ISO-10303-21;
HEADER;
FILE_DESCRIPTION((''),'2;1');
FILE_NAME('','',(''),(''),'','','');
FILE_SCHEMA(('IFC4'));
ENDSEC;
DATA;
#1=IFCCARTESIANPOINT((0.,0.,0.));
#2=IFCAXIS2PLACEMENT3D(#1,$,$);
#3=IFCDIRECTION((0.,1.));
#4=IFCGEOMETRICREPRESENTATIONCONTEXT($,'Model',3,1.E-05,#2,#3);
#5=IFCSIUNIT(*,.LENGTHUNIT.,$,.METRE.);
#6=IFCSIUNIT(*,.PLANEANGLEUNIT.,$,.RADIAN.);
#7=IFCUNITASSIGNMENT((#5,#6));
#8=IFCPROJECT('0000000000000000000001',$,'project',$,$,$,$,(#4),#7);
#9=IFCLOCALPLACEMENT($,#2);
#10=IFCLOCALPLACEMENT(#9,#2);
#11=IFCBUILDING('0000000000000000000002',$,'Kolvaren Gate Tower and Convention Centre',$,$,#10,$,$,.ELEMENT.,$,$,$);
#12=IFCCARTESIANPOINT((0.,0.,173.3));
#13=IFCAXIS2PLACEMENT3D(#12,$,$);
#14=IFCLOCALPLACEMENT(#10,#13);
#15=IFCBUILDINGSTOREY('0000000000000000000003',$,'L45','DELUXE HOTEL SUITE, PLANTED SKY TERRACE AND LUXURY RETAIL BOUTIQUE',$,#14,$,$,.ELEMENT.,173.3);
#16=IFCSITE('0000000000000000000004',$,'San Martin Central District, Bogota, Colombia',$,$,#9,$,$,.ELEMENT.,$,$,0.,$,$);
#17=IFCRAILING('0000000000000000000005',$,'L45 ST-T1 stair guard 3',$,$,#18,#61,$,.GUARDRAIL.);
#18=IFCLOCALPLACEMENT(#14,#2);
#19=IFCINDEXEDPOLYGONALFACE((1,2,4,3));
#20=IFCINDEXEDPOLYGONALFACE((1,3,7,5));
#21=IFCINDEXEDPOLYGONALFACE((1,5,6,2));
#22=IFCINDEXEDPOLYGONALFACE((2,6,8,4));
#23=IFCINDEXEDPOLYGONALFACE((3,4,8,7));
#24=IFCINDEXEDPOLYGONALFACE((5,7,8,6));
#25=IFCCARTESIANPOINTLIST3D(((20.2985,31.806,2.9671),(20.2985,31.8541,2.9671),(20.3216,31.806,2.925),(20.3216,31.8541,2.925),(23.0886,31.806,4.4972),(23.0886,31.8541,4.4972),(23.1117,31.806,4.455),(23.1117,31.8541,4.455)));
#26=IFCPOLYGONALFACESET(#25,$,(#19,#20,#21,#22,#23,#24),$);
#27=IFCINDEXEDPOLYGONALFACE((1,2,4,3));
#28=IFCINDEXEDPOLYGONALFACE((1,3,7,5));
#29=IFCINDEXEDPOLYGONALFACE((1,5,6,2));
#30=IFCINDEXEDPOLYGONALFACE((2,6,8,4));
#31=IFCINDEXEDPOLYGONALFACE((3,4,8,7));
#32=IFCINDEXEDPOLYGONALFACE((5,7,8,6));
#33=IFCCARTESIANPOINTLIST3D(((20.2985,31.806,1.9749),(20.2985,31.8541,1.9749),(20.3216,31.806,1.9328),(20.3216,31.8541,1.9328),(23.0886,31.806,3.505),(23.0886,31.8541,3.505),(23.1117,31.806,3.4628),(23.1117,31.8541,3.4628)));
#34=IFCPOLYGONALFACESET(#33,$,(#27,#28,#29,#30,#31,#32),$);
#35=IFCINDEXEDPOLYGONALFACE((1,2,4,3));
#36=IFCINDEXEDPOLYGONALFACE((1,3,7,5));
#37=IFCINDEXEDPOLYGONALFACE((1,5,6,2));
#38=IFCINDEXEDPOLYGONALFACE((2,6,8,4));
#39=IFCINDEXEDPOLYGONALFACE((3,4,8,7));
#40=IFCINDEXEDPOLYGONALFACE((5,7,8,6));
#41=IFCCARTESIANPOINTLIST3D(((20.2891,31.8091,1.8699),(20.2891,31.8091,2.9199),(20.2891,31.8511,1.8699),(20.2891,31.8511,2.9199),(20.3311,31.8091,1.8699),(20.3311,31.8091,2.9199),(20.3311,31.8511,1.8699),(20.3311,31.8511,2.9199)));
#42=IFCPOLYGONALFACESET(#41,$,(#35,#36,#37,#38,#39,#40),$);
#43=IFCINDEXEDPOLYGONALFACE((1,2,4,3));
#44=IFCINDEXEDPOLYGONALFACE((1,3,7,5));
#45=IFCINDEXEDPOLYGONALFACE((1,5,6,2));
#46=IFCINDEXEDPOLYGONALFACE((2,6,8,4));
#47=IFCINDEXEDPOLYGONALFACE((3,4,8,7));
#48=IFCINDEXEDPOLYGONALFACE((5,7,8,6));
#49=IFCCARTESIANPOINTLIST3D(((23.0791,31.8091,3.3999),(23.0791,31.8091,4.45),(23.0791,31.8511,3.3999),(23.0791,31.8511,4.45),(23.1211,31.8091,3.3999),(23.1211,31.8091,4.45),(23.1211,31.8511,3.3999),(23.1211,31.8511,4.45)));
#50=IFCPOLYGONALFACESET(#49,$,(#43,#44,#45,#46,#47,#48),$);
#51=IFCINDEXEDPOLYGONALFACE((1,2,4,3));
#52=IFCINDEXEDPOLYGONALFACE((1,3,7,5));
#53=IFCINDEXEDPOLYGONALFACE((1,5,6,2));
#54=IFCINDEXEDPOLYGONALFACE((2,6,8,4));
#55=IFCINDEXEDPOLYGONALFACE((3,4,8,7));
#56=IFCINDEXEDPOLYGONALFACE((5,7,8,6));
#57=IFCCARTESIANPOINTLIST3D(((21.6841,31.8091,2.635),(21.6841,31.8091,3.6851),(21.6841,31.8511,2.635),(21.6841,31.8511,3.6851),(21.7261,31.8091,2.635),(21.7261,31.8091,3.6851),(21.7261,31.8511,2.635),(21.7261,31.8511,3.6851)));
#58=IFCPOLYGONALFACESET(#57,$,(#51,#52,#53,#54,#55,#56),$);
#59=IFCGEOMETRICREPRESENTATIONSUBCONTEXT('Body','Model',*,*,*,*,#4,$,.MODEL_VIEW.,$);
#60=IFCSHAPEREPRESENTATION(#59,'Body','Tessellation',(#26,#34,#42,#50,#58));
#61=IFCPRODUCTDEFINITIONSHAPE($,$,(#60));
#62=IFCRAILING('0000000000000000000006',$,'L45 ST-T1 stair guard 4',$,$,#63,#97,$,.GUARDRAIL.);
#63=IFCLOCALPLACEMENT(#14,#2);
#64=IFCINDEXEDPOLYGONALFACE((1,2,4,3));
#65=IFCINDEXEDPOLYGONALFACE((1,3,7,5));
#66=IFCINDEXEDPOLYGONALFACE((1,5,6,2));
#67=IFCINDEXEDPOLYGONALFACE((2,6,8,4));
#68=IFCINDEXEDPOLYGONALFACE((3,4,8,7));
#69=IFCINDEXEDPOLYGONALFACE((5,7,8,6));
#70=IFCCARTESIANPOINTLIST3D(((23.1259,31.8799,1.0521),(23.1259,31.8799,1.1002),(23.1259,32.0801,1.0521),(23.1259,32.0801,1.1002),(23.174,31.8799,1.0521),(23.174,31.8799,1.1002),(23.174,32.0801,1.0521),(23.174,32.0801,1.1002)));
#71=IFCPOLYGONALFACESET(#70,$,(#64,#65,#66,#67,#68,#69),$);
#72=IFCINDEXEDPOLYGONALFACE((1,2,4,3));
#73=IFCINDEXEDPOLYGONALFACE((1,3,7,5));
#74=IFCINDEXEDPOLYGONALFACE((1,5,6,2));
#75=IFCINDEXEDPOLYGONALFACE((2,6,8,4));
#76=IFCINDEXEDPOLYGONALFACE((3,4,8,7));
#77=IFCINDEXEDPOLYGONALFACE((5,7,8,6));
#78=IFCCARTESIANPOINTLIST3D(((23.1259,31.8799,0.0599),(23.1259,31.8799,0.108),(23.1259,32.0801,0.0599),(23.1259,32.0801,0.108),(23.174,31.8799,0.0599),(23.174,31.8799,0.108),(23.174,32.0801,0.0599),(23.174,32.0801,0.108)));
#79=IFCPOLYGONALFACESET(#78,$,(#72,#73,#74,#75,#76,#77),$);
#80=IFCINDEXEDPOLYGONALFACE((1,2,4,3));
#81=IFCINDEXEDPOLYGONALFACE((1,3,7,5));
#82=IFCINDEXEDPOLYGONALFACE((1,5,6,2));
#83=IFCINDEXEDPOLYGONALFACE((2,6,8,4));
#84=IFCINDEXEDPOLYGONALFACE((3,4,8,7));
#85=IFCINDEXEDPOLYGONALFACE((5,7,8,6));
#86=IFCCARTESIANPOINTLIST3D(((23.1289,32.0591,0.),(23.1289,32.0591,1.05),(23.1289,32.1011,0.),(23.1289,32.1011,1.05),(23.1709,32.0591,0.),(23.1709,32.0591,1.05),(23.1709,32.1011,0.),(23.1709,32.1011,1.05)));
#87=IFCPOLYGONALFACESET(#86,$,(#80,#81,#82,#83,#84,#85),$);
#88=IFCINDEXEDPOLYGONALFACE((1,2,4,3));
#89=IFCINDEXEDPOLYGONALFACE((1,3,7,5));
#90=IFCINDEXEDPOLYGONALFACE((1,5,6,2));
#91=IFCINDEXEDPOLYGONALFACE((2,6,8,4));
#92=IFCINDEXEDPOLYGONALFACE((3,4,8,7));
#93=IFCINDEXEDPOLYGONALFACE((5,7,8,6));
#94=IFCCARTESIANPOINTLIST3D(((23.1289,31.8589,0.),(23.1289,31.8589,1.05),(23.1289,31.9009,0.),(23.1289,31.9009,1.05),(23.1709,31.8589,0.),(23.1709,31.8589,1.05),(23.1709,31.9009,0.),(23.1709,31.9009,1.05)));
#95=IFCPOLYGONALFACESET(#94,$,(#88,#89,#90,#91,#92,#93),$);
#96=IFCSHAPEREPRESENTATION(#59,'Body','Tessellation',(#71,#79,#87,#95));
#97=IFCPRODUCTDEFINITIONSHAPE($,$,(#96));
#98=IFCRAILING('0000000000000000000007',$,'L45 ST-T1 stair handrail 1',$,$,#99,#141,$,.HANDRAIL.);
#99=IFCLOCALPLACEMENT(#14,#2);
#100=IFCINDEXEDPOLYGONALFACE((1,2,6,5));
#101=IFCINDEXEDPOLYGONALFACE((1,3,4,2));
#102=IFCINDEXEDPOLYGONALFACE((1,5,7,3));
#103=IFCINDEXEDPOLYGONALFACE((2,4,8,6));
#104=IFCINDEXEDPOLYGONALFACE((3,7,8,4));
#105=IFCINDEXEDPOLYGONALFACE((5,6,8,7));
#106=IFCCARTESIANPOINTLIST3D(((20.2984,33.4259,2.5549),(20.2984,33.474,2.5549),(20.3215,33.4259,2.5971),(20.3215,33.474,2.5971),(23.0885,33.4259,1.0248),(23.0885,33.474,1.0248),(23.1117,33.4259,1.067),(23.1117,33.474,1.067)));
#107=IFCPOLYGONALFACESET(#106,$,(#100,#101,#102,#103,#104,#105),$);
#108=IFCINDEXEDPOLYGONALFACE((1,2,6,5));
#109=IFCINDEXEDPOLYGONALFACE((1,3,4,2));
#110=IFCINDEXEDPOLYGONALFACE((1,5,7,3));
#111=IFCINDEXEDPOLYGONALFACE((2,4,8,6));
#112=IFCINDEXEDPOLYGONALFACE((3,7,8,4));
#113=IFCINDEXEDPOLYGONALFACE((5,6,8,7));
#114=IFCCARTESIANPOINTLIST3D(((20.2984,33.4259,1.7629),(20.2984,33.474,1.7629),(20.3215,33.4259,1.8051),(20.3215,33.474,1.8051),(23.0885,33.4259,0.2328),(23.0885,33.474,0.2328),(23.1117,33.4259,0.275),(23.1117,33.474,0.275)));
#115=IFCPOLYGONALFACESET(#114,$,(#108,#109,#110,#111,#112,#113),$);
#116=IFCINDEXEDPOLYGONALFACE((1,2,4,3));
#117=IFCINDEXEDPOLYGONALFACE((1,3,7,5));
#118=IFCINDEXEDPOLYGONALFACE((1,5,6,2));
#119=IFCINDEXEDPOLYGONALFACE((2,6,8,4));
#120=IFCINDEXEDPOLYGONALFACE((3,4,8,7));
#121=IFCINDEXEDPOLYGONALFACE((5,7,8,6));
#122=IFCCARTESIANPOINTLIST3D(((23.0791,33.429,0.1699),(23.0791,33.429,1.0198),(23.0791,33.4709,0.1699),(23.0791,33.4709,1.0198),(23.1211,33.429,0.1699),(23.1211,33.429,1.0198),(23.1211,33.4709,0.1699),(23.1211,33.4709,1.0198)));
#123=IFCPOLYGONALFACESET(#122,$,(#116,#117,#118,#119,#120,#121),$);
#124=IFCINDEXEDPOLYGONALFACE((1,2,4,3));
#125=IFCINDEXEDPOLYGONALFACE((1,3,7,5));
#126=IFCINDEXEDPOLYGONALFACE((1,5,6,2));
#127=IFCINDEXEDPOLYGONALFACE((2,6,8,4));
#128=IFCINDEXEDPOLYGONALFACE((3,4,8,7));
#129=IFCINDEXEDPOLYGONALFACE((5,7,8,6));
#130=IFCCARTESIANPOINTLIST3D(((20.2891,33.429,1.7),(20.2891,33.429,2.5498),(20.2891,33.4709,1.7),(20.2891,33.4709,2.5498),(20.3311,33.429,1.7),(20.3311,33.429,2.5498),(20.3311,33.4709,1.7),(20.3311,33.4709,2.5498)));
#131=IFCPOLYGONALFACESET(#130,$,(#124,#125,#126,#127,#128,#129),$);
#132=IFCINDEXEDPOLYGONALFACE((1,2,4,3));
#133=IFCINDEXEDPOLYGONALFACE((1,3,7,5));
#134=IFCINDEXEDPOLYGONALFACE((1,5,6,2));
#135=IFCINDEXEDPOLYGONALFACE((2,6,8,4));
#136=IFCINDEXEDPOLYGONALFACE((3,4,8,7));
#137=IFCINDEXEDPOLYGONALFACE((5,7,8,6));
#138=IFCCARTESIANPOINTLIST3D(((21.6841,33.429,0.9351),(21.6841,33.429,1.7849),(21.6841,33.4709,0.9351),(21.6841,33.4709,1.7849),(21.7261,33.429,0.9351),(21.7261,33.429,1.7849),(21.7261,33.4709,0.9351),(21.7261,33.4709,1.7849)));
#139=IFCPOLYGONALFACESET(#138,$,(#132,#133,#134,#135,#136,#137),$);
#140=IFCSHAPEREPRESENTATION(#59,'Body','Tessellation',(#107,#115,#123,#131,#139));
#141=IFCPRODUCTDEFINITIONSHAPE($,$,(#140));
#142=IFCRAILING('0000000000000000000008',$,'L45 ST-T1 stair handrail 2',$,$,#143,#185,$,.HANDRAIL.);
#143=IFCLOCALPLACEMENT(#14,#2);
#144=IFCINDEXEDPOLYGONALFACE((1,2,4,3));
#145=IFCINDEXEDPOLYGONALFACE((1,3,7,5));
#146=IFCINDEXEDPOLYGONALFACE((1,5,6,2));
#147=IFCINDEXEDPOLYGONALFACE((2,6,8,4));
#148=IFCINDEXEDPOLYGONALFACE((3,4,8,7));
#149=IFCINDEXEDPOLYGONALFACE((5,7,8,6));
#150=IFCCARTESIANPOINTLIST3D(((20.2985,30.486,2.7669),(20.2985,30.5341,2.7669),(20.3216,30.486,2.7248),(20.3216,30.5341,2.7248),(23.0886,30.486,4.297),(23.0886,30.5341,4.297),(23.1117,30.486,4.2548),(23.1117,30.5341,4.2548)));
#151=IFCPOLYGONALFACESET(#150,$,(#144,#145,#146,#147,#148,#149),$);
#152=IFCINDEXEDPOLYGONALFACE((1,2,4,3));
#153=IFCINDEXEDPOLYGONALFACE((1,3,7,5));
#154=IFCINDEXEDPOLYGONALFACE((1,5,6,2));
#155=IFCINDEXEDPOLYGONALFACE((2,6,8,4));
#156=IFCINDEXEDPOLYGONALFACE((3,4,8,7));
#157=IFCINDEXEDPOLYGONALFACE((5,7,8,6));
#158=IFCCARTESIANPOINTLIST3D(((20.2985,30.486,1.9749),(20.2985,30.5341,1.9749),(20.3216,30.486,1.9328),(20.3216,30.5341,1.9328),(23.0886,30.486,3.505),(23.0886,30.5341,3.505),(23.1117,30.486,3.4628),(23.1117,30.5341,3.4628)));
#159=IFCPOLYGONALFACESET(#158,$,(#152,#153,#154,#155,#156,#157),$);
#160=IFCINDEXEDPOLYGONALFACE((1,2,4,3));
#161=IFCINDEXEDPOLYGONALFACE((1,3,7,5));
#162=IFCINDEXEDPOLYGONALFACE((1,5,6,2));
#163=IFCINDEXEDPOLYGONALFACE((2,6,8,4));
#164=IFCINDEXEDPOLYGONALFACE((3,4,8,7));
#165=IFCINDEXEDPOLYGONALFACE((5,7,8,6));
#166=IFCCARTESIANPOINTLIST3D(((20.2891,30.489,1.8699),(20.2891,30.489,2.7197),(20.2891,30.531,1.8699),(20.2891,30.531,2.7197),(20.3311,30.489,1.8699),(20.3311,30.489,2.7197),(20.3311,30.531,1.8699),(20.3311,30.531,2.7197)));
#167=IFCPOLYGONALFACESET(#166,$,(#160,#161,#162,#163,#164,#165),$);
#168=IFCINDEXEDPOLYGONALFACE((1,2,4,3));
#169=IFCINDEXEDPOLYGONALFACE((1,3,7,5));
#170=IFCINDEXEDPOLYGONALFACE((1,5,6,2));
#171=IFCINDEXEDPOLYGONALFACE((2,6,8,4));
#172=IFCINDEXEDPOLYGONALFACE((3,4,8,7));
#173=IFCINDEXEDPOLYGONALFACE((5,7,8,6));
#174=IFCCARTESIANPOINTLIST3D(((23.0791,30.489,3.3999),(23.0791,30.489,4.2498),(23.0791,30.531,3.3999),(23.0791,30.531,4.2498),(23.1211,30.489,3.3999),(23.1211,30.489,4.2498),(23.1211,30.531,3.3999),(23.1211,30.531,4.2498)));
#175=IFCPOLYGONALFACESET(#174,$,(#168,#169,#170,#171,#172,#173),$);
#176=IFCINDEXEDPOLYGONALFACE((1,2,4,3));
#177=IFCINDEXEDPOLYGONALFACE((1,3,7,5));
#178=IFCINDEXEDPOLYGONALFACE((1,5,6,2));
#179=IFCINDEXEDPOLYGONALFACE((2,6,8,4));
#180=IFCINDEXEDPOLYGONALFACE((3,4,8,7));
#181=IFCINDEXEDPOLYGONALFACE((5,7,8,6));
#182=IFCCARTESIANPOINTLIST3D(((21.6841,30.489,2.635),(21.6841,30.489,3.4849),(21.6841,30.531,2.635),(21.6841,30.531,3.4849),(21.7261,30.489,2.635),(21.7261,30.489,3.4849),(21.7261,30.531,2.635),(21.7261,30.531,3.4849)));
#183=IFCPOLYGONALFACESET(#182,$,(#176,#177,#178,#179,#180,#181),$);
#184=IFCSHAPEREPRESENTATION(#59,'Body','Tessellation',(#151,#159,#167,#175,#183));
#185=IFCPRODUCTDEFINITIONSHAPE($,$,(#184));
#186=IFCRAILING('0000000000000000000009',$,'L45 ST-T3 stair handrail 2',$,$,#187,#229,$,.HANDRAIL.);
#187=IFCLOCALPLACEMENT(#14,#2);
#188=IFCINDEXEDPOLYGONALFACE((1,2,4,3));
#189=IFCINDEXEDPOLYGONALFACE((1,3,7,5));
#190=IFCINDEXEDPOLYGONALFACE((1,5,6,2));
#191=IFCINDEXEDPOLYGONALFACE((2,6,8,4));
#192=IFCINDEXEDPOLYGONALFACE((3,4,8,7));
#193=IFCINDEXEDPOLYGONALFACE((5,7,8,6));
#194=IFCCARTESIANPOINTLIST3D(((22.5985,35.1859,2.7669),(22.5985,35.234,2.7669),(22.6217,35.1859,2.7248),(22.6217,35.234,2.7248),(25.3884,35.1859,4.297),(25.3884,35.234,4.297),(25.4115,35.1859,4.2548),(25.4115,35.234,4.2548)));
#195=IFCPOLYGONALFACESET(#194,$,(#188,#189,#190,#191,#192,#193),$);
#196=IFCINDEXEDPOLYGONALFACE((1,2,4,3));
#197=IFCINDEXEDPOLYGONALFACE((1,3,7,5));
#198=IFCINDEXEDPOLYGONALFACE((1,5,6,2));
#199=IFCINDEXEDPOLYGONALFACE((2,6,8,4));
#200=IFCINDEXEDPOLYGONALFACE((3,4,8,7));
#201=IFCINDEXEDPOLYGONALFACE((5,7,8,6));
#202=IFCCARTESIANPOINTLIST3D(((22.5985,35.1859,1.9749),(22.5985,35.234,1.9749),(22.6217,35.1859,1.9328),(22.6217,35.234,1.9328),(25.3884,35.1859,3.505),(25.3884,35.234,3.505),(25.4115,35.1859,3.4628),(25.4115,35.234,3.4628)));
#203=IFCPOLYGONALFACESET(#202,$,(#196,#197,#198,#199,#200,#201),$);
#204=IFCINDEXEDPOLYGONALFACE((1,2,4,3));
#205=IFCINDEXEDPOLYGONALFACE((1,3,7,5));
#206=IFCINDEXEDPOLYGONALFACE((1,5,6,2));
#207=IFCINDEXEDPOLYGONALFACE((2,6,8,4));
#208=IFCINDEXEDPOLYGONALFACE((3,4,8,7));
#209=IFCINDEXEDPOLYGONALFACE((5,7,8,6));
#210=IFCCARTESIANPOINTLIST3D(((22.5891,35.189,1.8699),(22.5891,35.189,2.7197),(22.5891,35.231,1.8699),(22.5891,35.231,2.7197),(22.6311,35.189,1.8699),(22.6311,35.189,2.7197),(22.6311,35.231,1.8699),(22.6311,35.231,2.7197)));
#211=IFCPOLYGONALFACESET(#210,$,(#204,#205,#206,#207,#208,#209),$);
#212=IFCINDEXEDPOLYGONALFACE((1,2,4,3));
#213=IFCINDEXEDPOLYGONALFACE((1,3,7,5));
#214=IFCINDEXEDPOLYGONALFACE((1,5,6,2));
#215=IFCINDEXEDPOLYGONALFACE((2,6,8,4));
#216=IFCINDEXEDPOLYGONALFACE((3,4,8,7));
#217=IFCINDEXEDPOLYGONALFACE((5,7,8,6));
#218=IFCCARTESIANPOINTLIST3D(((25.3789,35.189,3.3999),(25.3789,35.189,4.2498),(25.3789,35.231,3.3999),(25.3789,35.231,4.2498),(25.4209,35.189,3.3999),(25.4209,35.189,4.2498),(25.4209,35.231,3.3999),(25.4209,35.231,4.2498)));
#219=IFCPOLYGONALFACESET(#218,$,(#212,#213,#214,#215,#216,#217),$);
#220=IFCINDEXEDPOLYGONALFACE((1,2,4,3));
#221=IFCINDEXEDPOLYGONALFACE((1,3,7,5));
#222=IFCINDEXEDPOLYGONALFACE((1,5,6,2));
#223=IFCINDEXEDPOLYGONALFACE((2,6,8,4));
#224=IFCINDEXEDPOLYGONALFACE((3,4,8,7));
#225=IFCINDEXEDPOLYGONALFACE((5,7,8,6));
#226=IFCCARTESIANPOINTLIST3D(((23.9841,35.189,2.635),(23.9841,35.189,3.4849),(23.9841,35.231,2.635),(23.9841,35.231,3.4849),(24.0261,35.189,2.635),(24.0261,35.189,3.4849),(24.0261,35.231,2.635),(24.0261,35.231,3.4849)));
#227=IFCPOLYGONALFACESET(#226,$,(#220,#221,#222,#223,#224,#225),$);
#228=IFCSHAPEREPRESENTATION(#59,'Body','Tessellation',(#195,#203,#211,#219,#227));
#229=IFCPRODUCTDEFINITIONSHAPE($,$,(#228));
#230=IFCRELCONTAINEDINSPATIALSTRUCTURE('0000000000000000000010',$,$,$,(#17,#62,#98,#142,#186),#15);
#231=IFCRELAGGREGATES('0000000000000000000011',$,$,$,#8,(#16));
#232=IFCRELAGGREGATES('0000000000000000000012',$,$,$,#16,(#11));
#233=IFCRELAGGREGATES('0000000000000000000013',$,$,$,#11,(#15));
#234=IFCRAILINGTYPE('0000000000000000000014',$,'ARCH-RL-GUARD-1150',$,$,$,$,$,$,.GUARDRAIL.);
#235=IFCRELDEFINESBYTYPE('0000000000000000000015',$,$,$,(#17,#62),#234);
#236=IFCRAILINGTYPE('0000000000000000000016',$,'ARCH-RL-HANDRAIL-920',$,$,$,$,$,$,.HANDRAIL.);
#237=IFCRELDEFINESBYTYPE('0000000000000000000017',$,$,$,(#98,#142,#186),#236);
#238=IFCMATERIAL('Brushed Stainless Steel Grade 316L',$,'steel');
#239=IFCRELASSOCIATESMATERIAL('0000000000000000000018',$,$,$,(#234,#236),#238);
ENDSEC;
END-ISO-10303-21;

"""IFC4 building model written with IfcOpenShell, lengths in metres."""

from ifc_helpers import new_model, si_unit, direction, frame, origin, origin_2d, place, context, subcontext, project, spatial, rectangle, extrude, material, type_object, element, save


model = new_model("IFC4")

# Units and contexts
model_context = context("Model", 3, precision=1e-05, world=origin(), true_north=direction((0.0, 1.0)))
body_context = subcontext(model_context, "Body", "Model", "MODEL_VIEW")
ifc_project = project(units=[si_unit("LENGTHUNIT", "METRE"), si_unit("PLANEANGLEUNIT", "RADIAN")], contexts=[model_context])

# Site, building, storey
site_placement = place(None, origin())
site = spatial("IfcSite", under=ifc_project, at=site_placement, Name="San Martin Central District, Bogota, Colombia", CompositionType="ELEMENT", RefElevation=0.0)
building_placement = place(site_placement, origin())
building = spatial("IfcBuilding", under=site, at=building_placement, Name="Kolvaren Gate Tower and Convention Centre", CompositionType="ELEMENT")
storey_placement = place(building_placement, frame((0.0, 0.0, 173.3)))
storey = spatial("IfcBuildingStorey", under=building, at=storey_placement, Name="L45", Description="DELUXE HOTEL SUITE, PLANTED SKY TERRACE AND LUXURY RETAIL BOUTIQUE", CompositionType="ELEMENT", Elevation=173.3)

# Shared definitions
ifc_material_1 = material(Name="Brushed Stainless Steel Grade 316L", Category="steel")

# Railings
railing_type_1 = type_object("IfcRailingType", Name="ARCH-RL-GUARD-1150", PredefinedType="GUARDRAIL", material=ifc_material_1)
railing_1_placement = place(storey_placement, frame((20.3101, 31.8301, 1.8699)))
element("IfcRailing", 1, at=railing_1_placement, inside=storey, type_object=railing_type_1, Name="L45 ST-T1 stair guard 3", PredefinedType="GUARDRAIL", context=body_context, shape_type="SweptSolid", body=[
    extrude(rectangle(XDim=0.0481, YDim=0.0481, at=origin_2d()), frame((0.0, 0.0, 1.0762), z_axis=(0.876811, 0.0, 0.480835), x_axis=(0.0, 1.0, 0.0)), (0.0, 0.0, 1.0), 3.1821),
    extrude(rectangle(XDim=0.0481, YDim=0.0481, at=origin_2d()), frame((0.0, 0.0, 0.084), z_axis=(0.876811, 0.0, 0.480835), x_axis=(0.0, 1.0, 0.0)), (0.0, 0.0, 1.0), 3.1821),
    extrude(rectangle(XDim=0.042, YDim=0.042, at=origin_2d()), origin(), (0.0, 0.0, 1.0), 1.05),
    extrude(rectangle(XDim=0.042, YDim=0.042, at=origin_2d()), frame((2.79, 0.0, 1.53)), (0.0, 0.0, 1.0), 1.05),
    extrude(rectangle(XDim=0.042, YDim=0.042, at=origin_2d()), frame((1.395, 0.0, 0.7651)), (0.0, 0.0, 1.0), 1.05),
])
railing_2_placement = place(storey_placement, frame((23.1499, 32.0801, 0.0)))
element("IfcRailing", 2, at=railing_2_placement, inside=storey, type_object=railing_type_1, Name="L45 ST-T1 stair guard 4", PredefinedType="GUARDRAIL", context=body_context, shape_type="SweptSolid", body=[
    extrude(rectangle(XDim=0.0481, YDim=0.0481, at=origin_2d()), frame((0.0, 0.0, 1.0762), z_axis=(0.0, -1.0, 0.0), x_axis=(1.0, 0.0, 0.0)), (0.0, 0.0, 1.0), 0.2002),
    extrude(rectangle(XDim=0.0481, YDim=0.0481, at=origin_2d()), frame((0.0, 0.0, 0.084), z_axis=(0.0, -1.0, 0.0), x_axis=(1.0, 0.0, 0.0)), (0.0, 0.0, 1.0), 0.2002),
    extrude(rectangle(XDim=0.042, YDim=0.042, at=origin_2d()), origin(), (0.0, 0.0, 1.0), 1.05),
    extrude(rectangle(XDim=0.042, YDim=0.042, at=origin_2d()), frame((0.0, -0.2002, 0.0)), (0.0, 0.0, 1.0), 1.05),
])
railing_type_2 = type_object("IfcRailingType", Name="ARCH-RL-HANDRAIL-920", PredefinedType="HANDRAIL", material=ifc_material_1)
railing_3_placement = place(storey_placement, frame((23.1001, 33.45, 0.1699)))
element("IfcRailing", 3, at=railing_3_placement, inside=storey, type_object=railing_type_2, Name="L45 ST-T1 stair handrail 1", PredefinedType="HANDRAIL", context=body_context, shape_type="SweptSolid", body=[
    extrude(rectangle(XDim=0.0481, YDim=0.0481, at=origin_2d()), frame((0.0, 0.0, 0.876), z_axis=(-0.876811, 0.0, 0.480835), x_axis=(0.0, -1.0, 0.0)), (0.0, 0.0, 1.0), 3.1821),
    extrude(rectangle(XDim=0.0481, YDim=0.0481, at=origin_2d()), frame((0.0, 0.0, 0.084), z_axis=(-0.876811, 0.0, 0.480835), x_axis=(0.0, -1.0, 0.0)), (0.0, 0.0, 1.0), 3.1821),
    extrude(rectangle(XDim=0.042, YDim=0.042, at=origin_2d()), origin(), (0.0, 0.0, 1.0), 0.8499),
    extrude(rectangle(XDim=0.042, YDim=0.042, at=origin_2d()), frame((-2.79, 0.0, 1.53)), (0.0, 0.0, 1.0), 0.8499),
    extrude(rectangle(XDim=0.042, YDim=0.042, at=origin_2d()), frame((-1.395, 0.0, 0.7651)), (0.0, 0.0, 1.0), 0.8499),
])
railing_4_placement = place(storey_placement, frame((20.3101, 30.51, 1.8699)))
element("IfcRailing", 4, at=railing_4_placement, inside=storey, type_object=railing_type_2, Name="L45 ST-T1 stair handrail 2", PredefinedType="HANDRAIL", context=body_context, shape_type="SweptSolid", body=[
    extrude(rectangle(XDim=0.0481, YDim=0.0481, at=origin_2d()), frame((0.0, 0.0, 0.876), z_axis=(0.876811, 0.0, 0.480835), x_axis=(0.0, 1.0, 0.0)), (0.0, 0.0, 1.0), 3.1821),
    extrude(rectangle(XDim=0.0481, YDim=0.0481, at=origin_2d()), frame((0.0, 0.0, 0.084), z_axis=(0.876811, 0.0, 0.480835), x_axis=(0.0, 1.0, 0.0)), (0.0, 0.0, 1.0), 3.1821),
    extrude(rectangle(XDim=0.042, YDim=0.042, at=origin_2d()), origin(), (0.0, 0.0, 1.0), 0.8499),
    extrude(rectangle(XDim=0.042, YDim=0.042, at=origin_2d()), frame((2.79, 0.0, 1.53)), (0.0, 0.0, 1.0), 0.8499),
    extrude(rectangle(XDim=0.042, YDim=0.042, at=origin_2d()), frame((1.395, 0.0, 0.7651)), (0.0, 0.0, 1.0), 0.8499),
])
railing_5_placement = place(storey_placement, frame((22.6101, 35.21, 1.8699)))
element("IfcRailing", 5, at=railing_5_placement, inside=storey, type_object=railing_type_2, Name="L45 ST-T3 stair handrail 2", PredefinedType="HANDRAIL", context=body_context, shape_type="SweptSolid", body=[
    extrude(rectangle(XDim=0.0481, YDim=0.0481, at=origin_2d()), frame((0.0, 0.0, 0.876), z_axis=(0.876794, 0.0, 0.480867), x_axis=(0.0, 1.0, 0.0)), (0.0, 0.0, 1.0), 3.1819),
    extrude(rectangle(XDim=0.0481, YDim=0.0481, at=origin_2d()), frame((0.0, 0.0, 0.084), z_axis=(0.876794, 0.0, 0.480867), x_axis=(0.0, 1.0, 0.0)), (0.0, 0.0, 1.0), 3.1819),
    extrude(rectangle(XDim=0.042, YDim=0.042, at=origin_2d()), origin(), (0.0, 0.0, 1.0), 0.8499),
    extrude(rectangle(XDim=0.042, YDim=0.042, at=origin_2d()), frame((2.7898, 0.0, 1.53)), (0.0, 0.0, 1.0), 0.8499),
    extrude(rectangle(XDim=0.042, YDim=0.042, at=origin_2d()), frame((1.395, 0.0, 0.7651)), (0.0, 0.0, 1.0), 0.8499),
])

save(model, "model.ifc")
